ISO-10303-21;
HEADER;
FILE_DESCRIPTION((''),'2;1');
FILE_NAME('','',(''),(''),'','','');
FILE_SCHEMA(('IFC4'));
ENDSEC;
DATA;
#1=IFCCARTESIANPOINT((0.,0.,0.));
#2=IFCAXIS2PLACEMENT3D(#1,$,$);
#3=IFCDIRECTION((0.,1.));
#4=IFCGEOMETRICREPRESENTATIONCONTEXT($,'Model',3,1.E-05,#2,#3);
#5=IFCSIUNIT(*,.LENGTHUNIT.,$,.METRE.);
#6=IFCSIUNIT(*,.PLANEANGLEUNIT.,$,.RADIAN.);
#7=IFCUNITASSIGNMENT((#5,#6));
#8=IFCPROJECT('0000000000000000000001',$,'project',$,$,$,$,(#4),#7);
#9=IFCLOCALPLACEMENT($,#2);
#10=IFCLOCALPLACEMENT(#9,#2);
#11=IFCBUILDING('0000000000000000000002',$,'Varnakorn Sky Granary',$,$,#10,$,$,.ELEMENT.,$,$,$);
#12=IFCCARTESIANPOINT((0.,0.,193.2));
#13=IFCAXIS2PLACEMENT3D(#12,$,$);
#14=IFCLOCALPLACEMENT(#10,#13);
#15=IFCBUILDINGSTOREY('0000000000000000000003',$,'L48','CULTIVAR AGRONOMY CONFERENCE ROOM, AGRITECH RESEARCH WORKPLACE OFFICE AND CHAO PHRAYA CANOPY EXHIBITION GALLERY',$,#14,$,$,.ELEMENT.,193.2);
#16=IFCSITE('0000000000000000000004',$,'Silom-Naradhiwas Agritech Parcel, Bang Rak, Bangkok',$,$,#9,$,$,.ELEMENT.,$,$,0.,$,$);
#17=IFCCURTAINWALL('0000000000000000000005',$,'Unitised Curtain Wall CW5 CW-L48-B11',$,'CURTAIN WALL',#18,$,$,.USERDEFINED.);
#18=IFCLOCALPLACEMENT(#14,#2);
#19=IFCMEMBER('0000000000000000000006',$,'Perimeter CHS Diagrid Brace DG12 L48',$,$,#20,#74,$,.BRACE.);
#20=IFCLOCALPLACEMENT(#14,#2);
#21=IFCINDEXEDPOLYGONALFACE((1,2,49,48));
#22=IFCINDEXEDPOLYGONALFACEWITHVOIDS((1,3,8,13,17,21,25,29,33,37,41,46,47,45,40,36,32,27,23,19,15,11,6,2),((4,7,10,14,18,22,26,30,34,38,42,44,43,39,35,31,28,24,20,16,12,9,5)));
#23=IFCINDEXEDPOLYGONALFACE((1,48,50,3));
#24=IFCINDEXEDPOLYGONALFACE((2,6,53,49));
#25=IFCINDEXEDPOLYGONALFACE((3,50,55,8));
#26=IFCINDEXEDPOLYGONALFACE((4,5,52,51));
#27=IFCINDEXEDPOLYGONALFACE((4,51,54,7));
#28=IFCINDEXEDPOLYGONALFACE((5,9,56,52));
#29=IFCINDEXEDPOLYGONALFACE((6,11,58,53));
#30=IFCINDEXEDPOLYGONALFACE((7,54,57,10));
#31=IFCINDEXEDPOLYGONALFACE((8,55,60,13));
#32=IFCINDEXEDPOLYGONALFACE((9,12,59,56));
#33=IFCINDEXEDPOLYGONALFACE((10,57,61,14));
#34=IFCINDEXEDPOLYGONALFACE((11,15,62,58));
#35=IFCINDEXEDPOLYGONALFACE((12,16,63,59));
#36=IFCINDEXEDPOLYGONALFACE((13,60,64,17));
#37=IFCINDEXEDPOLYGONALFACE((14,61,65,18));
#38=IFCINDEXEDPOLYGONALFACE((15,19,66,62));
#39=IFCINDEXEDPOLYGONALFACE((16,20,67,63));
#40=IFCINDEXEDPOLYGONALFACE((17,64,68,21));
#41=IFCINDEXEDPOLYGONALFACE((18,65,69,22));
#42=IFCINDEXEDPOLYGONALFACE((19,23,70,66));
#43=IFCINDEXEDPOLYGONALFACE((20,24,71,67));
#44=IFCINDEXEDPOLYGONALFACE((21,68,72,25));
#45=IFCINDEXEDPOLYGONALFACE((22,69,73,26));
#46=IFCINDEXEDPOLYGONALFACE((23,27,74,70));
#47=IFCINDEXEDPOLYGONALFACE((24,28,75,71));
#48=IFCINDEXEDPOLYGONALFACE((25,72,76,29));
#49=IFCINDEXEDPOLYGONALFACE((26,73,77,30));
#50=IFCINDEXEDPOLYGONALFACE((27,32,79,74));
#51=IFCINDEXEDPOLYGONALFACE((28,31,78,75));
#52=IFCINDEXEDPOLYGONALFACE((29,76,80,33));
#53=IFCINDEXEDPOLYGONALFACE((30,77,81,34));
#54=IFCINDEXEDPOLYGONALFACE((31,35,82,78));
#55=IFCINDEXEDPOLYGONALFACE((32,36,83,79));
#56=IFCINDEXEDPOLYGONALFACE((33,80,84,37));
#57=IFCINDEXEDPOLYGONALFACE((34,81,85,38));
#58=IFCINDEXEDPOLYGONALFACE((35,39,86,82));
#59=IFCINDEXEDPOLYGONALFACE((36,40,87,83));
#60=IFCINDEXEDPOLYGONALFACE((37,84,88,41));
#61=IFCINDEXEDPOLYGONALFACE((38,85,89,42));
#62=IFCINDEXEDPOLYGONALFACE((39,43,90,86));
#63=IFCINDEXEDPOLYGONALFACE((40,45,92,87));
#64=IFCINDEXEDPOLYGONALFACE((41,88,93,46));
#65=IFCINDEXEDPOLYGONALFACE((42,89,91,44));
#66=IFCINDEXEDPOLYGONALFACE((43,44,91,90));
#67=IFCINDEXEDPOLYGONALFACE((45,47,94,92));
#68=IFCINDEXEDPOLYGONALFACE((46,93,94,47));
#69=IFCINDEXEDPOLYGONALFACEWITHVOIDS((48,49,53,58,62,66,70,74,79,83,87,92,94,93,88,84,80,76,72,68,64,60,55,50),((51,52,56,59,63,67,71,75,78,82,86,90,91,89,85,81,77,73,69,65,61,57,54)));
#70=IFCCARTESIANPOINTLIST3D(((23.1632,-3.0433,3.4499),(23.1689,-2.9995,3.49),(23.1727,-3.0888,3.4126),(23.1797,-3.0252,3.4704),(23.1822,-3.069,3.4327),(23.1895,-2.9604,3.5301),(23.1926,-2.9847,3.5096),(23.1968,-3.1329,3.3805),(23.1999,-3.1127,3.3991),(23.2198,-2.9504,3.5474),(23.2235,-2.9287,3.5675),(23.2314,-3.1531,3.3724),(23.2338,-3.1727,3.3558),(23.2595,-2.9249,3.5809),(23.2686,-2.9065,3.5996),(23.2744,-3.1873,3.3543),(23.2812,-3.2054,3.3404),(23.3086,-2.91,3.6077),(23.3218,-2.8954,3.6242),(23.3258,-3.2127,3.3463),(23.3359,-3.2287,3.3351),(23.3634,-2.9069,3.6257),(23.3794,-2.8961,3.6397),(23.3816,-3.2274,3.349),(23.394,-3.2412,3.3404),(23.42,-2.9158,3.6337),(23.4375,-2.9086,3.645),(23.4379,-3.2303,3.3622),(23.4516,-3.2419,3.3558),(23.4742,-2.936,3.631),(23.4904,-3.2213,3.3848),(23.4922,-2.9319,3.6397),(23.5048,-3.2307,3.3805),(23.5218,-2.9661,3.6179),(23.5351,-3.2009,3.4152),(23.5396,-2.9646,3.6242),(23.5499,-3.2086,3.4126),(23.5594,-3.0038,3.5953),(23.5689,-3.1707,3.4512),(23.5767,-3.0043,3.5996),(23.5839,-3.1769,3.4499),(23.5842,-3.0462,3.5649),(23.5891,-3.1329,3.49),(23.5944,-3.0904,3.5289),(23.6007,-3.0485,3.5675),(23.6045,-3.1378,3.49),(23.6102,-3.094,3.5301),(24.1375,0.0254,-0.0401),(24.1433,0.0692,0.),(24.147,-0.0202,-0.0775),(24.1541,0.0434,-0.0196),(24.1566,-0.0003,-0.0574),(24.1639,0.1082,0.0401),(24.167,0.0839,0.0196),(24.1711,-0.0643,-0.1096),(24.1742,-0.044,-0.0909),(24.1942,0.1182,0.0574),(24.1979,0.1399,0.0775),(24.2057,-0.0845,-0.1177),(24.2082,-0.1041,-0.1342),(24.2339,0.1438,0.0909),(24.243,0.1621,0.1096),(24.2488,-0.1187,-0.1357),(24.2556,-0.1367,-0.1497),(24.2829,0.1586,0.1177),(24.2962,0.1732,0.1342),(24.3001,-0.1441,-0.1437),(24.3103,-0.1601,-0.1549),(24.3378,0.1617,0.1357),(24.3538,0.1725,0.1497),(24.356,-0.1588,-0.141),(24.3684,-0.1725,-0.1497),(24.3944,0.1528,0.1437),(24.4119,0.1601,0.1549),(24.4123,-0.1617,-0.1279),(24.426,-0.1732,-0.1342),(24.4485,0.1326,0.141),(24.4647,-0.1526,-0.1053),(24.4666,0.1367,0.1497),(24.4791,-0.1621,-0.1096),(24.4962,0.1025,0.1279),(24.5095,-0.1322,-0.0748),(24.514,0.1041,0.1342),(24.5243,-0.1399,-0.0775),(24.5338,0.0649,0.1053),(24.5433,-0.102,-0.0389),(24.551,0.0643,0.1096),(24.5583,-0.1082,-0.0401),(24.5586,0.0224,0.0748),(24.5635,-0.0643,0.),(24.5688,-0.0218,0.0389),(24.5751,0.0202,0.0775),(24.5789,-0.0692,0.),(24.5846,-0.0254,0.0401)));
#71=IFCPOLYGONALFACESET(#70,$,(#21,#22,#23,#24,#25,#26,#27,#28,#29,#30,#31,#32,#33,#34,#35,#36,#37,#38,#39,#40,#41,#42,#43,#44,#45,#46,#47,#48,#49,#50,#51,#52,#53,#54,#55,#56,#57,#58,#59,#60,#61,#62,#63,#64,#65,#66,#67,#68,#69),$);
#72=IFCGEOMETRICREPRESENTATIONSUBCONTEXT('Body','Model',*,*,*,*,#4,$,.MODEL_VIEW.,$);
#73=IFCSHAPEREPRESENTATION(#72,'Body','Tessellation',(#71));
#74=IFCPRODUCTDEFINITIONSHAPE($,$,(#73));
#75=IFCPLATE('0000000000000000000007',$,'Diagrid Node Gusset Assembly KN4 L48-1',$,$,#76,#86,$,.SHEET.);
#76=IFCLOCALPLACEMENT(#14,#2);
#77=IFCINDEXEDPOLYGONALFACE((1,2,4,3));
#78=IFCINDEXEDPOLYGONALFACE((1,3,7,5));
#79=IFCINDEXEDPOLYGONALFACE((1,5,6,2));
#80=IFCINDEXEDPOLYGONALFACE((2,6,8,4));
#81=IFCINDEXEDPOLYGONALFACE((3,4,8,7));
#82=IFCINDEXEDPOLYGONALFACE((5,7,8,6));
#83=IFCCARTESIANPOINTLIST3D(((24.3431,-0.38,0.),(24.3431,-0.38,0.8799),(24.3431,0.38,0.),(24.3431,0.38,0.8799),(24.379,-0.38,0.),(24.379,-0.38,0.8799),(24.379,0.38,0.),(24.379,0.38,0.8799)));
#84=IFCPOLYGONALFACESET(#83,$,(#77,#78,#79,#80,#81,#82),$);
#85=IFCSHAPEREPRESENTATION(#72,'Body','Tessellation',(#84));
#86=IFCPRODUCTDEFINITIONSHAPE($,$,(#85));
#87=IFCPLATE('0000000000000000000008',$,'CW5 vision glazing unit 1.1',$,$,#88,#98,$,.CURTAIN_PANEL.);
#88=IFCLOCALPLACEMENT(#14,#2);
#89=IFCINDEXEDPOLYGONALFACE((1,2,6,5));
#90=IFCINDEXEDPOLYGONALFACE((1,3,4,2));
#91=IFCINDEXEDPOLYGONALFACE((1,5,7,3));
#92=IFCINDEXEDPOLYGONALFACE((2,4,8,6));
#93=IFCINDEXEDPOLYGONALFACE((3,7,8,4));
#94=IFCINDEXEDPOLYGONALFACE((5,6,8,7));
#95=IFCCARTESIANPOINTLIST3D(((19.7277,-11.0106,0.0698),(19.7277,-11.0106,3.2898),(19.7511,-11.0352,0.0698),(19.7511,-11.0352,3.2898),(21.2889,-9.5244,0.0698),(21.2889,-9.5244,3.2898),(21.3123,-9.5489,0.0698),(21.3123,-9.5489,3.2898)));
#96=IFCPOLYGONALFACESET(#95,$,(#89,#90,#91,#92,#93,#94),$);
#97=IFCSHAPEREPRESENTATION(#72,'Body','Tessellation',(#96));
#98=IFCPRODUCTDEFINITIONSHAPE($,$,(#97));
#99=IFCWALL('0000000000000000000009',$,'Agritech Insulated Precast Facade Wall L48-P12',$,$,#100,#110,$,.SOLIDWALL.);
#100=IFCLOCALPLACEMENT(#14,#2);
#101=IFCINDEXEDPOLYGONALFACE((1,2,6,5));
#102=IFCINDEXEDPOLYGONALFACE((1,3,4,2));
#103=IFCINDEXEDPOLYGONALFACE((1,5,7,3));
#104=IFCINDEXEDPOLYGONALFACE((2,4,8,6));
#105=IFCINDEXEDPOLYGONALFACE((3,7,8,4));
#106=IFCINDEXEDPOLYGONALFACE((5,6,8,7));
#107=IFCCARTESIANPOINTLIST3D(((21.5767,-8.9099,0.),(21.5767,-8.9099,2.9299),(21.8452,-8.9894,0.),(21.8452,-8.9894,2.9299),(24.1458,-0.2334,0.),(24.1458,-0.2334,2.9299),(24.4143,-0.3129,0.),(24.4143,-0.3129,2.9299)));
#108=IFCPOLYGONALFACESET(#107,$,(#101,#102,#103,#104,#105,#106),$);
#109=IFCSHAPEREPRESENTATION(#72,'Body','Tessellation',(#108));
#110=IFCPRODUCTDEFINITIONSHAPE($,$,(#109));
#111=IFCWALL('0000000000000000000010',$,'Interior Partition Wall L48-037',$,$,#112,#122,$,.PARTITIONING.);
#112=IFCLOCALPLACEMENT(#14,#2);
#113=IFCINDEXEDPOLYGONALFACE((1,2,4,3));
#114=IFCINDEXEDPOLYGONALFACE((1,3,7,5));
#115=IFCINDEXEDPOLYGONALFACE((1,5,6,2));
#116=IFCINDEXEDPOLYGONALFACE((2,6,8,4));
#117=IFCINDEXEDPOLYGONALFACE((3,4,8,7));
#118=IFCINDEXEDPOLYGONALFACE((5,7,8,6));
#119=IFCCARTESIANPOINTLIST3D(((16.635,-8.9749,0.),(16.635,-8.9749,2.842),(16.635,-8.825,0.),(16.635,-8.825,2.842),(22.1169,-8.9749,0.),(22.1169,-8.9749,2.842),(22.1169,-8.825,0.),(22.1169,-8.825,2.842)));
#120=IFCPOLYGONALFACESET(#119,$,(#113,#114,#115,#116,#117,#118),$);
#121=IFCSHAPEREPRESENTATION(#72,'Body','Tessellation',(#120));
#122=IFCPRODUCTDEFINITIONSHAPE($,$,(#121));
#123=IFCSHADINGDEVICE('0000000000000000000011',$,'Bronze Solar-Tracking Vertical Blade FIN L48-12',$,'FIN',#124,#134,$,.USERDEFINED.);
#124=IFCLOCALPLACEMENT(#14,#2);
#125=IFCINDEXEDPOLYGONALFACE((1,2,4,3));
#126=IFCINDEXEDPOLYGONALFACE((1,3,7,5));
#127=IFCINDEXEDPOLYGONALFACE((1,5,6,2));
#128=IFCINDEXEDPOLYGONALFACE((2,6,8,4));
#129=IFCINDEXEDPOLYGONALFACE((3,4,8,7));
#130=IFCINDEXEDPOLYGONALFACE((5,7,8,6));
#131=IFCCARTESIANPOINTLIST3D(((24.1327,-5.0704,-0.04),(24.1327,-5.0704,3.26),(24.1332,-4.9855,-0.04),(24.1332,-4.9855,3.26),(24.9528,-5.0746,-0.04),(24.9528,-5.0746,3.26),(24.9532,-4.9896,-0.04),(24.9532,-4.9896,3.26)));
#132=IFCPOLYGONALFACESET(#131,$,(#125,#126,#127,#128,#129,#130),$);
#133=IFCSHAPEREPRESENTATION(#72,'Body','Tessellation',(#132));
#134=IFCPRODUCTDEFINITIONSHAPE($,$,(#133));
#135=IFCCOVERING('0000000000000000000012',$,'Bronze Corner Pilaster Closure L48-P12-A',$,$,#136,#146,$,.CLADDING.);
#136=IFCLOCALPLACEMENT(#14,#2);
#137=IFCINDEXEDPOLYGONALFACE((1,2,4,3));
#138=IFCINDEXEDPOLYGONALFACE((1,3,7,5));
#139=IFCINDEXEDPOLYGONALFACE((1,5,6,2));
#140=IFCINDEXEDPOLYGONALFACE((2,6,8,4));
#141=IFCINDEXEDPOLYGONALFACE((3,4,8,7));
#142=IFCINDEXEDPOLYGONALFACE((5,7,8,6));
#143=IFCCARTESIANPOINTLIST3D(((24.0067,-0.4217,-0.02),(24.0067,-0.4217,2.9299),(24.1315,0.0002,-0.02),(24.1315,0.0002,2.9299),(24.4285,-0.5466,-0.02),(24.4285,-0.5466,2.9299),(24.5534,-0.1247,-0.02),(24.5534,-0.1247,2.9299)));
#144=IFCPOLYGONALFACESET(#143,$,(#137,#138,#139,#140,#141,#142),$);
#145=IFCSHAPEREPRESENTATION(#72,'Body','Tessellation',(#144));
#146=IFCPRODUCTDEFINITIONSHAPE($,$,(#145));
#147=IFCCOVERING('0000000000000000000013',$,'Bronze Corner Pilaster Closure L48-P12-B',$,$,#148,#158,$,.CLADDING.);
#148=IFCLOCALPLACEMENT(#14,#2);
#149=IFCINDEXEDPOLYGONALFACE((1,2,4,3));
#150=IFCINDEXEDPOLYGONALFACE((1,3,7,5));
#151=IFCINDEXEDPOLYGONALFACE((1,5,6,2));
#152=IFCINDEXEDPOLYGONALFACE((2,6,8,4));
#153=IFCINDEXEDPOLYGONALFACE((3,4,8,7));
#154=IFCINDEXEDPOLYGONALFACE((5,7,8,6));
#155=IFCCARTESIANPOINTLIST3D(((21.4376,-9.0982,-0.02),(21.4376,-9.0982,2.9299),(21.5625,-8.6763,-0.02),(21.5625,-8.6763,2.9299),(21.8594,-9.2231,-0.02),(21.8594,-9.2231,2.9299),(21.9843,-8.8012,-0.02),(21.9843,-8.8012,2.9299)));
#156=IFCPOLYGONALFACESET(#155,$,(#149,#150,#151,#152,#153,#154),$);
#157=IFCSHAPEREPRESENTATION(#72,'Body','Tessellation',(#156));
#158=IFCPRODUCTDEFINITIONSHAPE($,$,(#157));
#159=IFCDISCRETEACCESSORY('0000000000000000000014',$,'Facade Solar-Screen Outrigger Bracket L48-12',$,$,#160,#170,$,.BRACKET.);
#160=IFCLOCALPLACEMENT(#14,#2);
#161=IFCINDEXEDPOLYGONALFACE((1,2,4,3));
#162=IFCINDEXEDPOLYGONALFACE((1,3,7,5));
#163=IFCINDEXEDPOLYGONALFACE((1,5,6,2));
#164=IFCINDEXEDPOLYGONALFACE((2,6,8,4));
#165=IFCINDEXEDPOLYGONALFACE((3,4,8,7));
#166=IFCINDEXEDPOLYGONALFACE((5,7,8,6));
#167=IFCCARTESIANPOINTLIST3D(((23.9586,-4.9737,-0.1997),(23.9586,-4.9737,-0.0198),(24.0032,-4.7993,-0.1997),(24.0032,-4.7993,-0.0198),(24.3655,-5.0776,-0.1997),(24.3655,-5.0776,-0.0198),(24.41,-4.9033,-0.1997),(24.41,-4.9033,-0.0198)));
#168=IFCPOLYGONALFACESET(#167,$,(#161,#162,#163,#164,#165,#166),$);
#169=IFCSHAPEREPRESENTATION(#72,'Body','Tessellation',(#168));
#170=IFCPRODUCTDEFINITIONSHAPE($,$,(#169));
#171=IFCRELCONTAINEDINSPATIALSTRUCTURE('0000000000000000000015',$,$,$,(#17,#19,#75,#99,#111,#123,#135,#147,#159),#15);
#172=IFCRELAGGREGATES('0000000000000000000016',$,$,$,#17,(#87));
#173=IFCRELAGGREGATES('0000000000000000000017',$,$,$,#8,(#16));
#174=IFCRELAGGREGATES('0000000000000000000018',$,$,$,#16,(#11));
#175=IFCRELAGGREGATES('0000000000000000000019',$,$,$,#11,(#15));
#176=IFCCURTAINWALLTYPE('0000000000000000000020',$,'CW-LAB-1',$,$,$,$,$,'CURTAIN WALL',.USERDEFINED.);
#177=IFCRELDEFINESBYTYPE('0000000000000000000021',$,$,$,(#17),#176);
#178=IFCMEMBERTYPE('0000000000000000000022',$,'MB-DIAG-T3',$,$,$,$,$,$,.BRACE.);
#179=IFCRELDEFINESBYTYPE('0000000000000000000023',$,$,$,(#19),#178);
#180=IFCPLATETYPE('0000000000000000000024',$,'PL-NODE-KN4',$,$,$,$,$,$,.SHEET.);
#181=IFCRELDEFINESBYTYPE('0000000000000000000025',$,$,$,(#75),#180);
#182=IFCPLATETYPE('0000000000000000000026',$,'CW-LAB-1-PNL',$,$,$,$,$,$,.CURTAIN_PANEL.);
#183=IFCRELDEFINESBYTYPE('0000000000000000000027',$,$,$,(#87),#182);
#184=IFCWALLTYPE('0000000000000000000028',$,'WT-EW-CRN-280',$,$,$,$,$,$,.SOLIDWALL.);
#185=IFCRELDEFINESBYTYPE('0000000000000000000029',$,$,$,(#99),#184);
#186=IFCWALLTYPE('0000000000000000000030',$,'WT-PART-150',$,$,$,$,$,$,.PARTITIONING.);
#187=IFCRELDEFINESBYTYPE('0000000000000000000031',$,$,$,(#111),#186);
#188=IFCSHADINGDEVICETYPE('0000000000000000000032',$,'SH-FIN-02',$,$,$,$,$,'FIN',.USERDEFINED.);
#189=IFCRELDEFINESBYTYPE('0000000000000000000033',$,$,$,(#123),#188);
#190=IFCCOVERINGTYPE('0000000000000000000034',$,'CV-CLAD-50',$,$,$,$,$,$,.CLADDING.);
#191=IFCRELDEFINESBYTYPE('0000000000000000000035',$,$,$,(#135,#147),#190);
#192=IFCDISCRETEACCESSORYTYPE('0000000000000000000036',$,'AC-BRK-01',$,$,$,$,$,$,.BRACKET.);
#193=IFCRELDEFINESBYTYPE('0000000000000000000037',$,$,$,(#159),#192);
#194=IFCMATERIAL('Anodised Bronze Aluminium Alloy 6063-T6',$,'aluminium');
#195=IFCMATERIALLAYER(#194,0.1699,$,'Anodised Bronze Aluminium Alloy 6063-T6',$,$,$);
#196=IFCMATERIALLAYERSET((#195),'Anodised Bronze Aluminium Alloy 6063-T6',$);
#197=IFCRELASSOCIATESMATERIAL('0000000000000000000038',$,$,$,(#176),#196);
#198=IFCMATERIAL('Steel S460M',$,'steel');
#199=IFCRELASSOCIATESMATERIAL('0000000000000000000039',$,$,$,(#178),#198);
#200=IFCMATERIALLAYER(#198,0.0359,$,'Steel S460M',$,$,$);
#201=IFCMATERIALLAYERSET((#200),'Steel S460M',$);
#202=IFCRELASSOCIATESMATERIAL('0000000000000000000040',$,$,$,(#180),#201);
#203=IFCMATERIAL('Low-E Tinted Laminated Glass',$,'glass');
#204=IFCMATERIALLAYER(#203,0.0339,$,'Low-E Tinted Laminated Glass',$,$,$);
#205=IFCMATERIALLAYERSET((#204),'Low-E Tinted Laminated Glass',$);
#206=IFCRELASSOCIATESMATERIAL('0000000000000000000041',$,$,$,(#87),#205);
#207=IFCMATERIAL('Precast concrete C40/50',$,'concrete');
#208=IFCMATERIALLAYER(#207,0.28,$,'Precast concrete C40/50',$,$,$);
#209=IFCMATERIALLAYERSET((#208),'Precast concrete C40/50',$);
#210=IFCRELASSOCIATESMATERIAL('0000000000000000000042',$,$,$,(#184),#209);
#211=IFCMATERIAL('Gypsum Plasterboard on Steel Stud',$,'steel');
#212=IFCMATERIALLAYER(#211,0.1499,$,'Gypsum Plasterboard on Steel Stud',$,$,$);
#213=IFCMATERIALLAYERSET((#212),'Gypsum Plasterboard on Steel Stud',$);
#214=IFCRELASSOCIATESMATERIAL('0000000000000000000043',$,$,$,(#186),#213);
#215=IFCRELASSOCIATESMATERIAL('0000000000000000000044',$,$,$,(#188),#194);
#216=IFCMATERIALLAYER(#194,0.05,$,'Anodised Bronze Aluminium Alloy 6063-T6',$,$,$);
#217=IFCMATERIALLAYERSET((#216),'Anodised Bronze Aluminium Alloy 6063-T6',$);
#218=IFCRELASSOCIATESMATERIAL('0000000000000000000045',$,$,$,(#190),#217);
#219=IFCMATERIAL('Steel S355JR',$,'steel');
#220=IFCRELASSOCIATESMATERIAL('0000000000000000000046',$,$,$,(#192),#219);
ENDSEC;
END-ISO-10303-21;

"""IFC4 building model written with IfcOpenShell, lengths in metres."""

from ifc_helpers import new_model, si_unit, direction, frame, frame_2d, origin, origin_2d, place, context, subcontext, project, spatial, rectangle, hollow_circle, extrude, source, transform, mapped, material, layer, layer_set, material_profile, profile_set, type_object, type_shapes, element, aggregate, save


model = new_model("IFC4")

# Units and contexts
model_context = context("Model", 3, precision=1e-05, world=origin(), true_north=direction((0.0, 1.0)))
body_context = subcontext(model_context, "Body", "Model", "MODEL_VIEW")
ifc_project = project(units=[si_unit("LENGTHUNIT", "METRE"), si_unit("PLANEANGLEUNIT", "RADIAN")], contexts=[model_context])

# Site, building, storey
site_placement = place(None, origin())
site = spatial("IfcSite", under=ifc_project, at=site_placement, Name="Silom-Naradhiwas Agritech Parcel, Bang Rak, Bangkok", CompositionType="ELEMENT", RefElevation=0.0)
building_placement = place(site_placement, origin())
building = spatial("IfcBuilding", under=site, at=building_placement, Name="Varnakorn Sky Granary", CompositionType="ELEMENT")
storey_placement = place(building_placement, frame((0.0, 0.0, 193.2)))
storey = spatial("IfcBuildingStorey", under=building, at=storey_placement, Name="L48", Description="CULTIVAR AGRONOMY CONFERENCE ROOM, AGRITECH RESEARCH WORKPLACE OFFICE AND CHAO PHRAYA CANOPY EXHIBITION GALLERY", CompositionType="ELEMENT", Elevation=193.2)

# Shared definitions
ifc_material_1 = material(Name="Steel S460M", Category="steel")

# Shared definitions
ifc_material_2 = material(Name="Steel S355JR", Category="steel")

# Shared definitions
ifc_material_3 = material(Name="Anodised Bronze Aluminium Alloy 6063-T6", Category="aluminium")
ifc_layer_1 = layer(ifc_material_3, 0.1699, Name="Anodised Bronze Aluminium Alloy 6063-T6")
ifc_layer_set_1 = layer_set([ifc_layer_1], Name="Anodised Bronze Aluminium Alloy 6063-T6")
curtain_wall_type = type_object("IfcCurtainWallType", Name="CW-LAB-1", ElementType="CURTAIN WALL", PredefinedType="USERDEFINED", material=ifc_layer_set_1)

# Curtain wall
curtain_wall_1_placement = place(storey_placement, origin())
curtain_wall_1 = element("IfcCurtainWall", 1, at=curtain_wall_1_placement, inside=storey, type_object=curtain_wall_type, Name="Unitised Curtain Wall CW5 CW-L48-B11", ObjectType="CURTAIN WALL", PredefinedType="USERDEFINED")

# Member
ifc_material_profile_1 = material_profile(ifc_material_1, hollow_circle(Radius=0.2285, WallThickness=0.0161, at=origin_2d()), Name="CHS 457x16")
ifc_profile_set_1 = profile_set([ifc_material_profile_1], Name="Steel S460M")
member_type_1 = type_object("IfcMemberType", Name="MB-DIAG-T3", PredefinedType="BRACE", material=ifc_profile_set_1)
for number, where, z_axis, x_axis, name in (
    (2, (24.3611, 0.0, 0.0), (-0.205206, -0.646262, 0.735008), (0.953106, -0.302637, 0.0), "Perimeter CHS Diagrid Brace DG12 L48"),
):
    element("IfcMember", number, at=place(storey_placement, frame(where, z_axis=z_axis, x_axis=x_axis)), inside=storey, type_object=member_type_1, Name=name, PredefinedType="BRACE", context=body_context, shape_type="SweptSolid", body=[
        extrude(hollow_circle(Radius=0.2285, WallThickness=0.0161, at=origin_2d()), origin(), (0.0, 0.0, 1.0), 4.7483),
    ])

# Plates
ifc_layer_2 = layer(ifc_material_1, 0.0359, Name="Steel S460M")
ifc_layer_set_2 = layer_set([ifc_layer_2], Name="Steel S460M")
plate_type_1 = type_object("IfcPlateType", Name="PL-NODE-KN4", PredefinedType="SHEET", material=ifc_layer_set_2)
plate_1_placement = place(storey_placement, frame((24.3611, 0.0, 0.0), z_axis=(0.0, 0.0, 1.0), x_axis=(0.0, 1.0, 0.0)))
element("IfcPlate", 3, at=plate_1_placement, inside=storey, type_object=plate_type_1, Name="Diagrid Node Gusset Assembly KN4 L48-1", PredefinedType="SHEET", context=body_context, shape_type="SweptSolid", body=[
    extrude(rectangle(XDim=0.76, YDim=0.0359, at=origin_2d()), origin(), (0.0, 0.0, 1.0), 0.8799),
])
ifc_material_4 = material(Name="Low-E Tinted Laminated Glass", Category="glass")
ifc_layer_3 = layer(ifc_material_4, 0.0339, Name="Low-E Tinted Laminated Glass")
ifc_layer_set_3 = layer_set([ifc_layer_3], Name="Low-E Tinted Laminated Glass")
plate_type_2 = type_object("IfcPlateType", Name="CW-LAB-1-PNL", PredefinedType="CURTAIN_PANEL")
shared_shape_1 = source(origin(), body_context, "Body", "SweptSolid", [
    extrude(rectangle(XDim=2.1555, YDim=0.0339, at=origin_2d()), origin(), (0.0, 0.0, 1.0), 3.22),
])
type_shapes(plate_type_2, [shared_shape_1])
plate_2_placement = place(storey_placement, frame((20.52, -10.2798, 0.0698), z_axis=(0.0, 0.0, 1.0), x_axis=(-0.72427, -0.689516, 0.0)))
plate_2 = element("IfcPlate", 4, at=plate_2_placement, type_object=plate_type_2, material=ifc_layer_set_3, Name="CW5 vision glazing unit 1.1", PredefinedType="CURTAIN_PANEL", context=body_context, shape_type="MappedRepresentation", body=[
    mapped(shared_shape_1, transform((0.0, 0.0, 0.0), x_axis=(1.0, 0.0, 0.0), y_axis=(0.0, 1.0, 0.0), z_axis=(0.0, 0.0, 1.0), scale=1.0)),
])
aggregate(curtain_wall_1, [plate_2])

# Walls
ifc_material_5 = material(Name="Precast concrete C40/50", Category="concrete")
ifc_layer_4 = layer(ifc_material_5, 0.28, Name="Precast concrete C40/50")
ifc_layer_set_4 = layer_set([ifc_layer_4], Name="Precast concrete C40/50")
wall_type_1 = type_object("IfcWallType", Name="WT-EW-CRN-280", PredefinedType="SOLIDWALL", material=ifc_layer_set_4)
wall_1_placement = place(storey_placement, frame((24.28, -0.2732, 0.0), z_axis=(0.0, 0.0, 1.0), x_axis=(-0.283913, -0.95885, 0.0)))
element("IfcWall", 5, at=wall_1_placement, inside=storey, type_object=wall_type_1, Name="Agritech Insulated Precast Facade Wall L48-P12", PredefinedType="SOLIDWALL", context=body_context, shape_type="SweptSolid", body=[
    extrude(rectangle(XDim=9.0488, YDim=0.28, at=frame_2d((4.5244, 0.0))), origin(), (0.0, 0.0, 1.0), 2.9299),
])
ifc_material_6 = material(Name="Gypsum Plasterboard on Steel Stud", Category="steel")
ifc_layer_5 = layer(ifc_material_6, 0.1499, Name="Gypsum Plasterboard on Steel Stud")
ifc_layer_set_5 = layer_set([ifc_layer_5], Name="Gypsum Plasterboard on Steel Stud")
wall_type_2 = type_object("IfcWallType", Name="WT-PART-150", PredefinedType="PARTITIONING", material=ifc_layer_set_5)
wall_2_placement = place(storey_placement, frame((16.635, -8.8999, 0.0), z_axis=(0.0, 0.0, 1.0), x_axis=(1.0, 0.0, 0.0)))
element("IfcWall", 6, at=wall_2_placement, inside=storey, type_object=wall_type_2, Name="Interior Partition Wall L48-037", PredefinedType="PARTITIONING", context=body_context, shape_type="SweptSolid", body=[
    extrude(rectangle(XDim=5.4819, YDim=0.1499, at=frame_2d((2.741, 0.0))), origin(), (0.0, 0.0, 1.0), 2.842),
])

# Shading device
shading_device_type = type_object("IfcShadingDeviceType", Name="SH-FIN-02", ElementType="FIN", PredefinedType="USERDEFINED", material=ifc_material_3)
shared_shape_2 = source(origin(), body_context, "Body", "SweptSolid", [
    extrude(rectangle(XDim=0.085, YDim=0.8201, at=origin_2d()), origin(), (0.0, 0.0, 1.0), 3.3),
])
type_shapes(shading_device_type, [shared_shape_2])
shading_device_placement = place(storey_placement, frame((24.543, -5.03, -0.04), z_axis=(0.0, 0.0, 1.0), x_axis=(0.005033, 0.999987, 0.0)))
element("IfcShadingDevice", 7, at=shading_device_placement, inside=storey, type_object=shading_device_type, Name="Bronze Solar-Tracking Vertical Blade FIN L48-12", ObjectType="FIN", PredefinedType="USERDEFINED", context=body_context, shape_type="MappedRepresentation", body=[
    mapped(shared_shape_2, transform((0.0, 0.0, 0.0), x_axis=(1.0, 0.0, 0.0), y_axis=(0.0, 1.0, 0.0), z_axis=(0.0, 0.0, 1.0), scale=1.0)),
])

# Coverings
ifc_layer_6 = layer(ifc_material_3, 0.05, Name="Anodised Bronze Aluminium Alloy 6063-T6")
ifc_layer_set_6 = layer_set([ifc_layer_6], Name="Anodised Bronze Aluminium Alloy 6063-T6")
covering_type = type_object("IfcCoveringType", Name="CV-CLAD-50", PredefinedType="CLADDING", material=ifc_layer_set_6)
shared_shape_3 = source(origin(), body_context, "Body", "SweptSolid", [
    extrude(rectangle(XDim=0.4399, YDim=0.4399, at=origin_2d()), origin(), (0.0, 0.0, 1.0), 2.95),
])
type_shapes(covering_type, [shared_shape_3])
for number, where, z_axis, x_axis, name in (
    (8, (24.28, -0.2732, -0.02), (0.0, 0.0, 1.0), (-0.283848, -0.958869, 0.0), "Bronze Corner Pilaster Closure L48-P12-A"),
    (9, (21.7109, -8.9497, -0.02), (0.0, 0.0, 1.0), (-0.283848, -0.958869, 0.0), "Bronze Corner Pilaster Closure L48-P12-B"),
):
    element("IfcCovering", number, at=place(storey_placement, frame(where, z_axis=z_axis, x_axis=x_axis)), inside=storey, type_object=covering_type, Name=name, PredefinedType="CLADDING", context=body_context, shape_type="MappedRepresentation", body=[
        mapped(shared_shape_3, transform((0.0, 0.0, 0.0), x_axis=(1.0, 0.0, 0.0), y_axis=(0.0, 1.0, 0.0), z_axis=(0.0, 0.0, 1.0), scale=1.0)),
    ])

# Discrete accessory
discrete_accessory_type = type_object("IfcDiscreteAccessoryType", Name="AC-BRK-01", PredefinedType="BRACKET", material=ifc_material_2)
shared_shape_4 = source(origin(), body_context, "Body", "SweptSolid", [
    extrude(rectangle(XDim=0.1799, YDim=0.4199, at=origin_2d()), origin(), (0.0, 0.0, 1.0), 0.1799),
])
type_shapes(discrete_accessory_type, [shared_shape_4])
discrete_accessory_placement = place(storey_placement, frame((24.1843, -4.9385, -0.1997), z_axis=(0.0, 0.0, 1.0), x_axis=(0.24748, 0.968893, 0.0)))
element("IfcDiscreteAccessory", 10, at=discrete_accessory_placement, inside=storey, type_object=discrete_accessory_type, Name="Facade Solar-Screen Outrigger Bracket L48-12", PredefinedType="BRACKET", context=body_context, shape_type="MappedRepresentation", body=[
    mapped(shared_shape_4, transform((0.0, 0.0, 0.0), x_axis=(1.0, 0.0, 0.0), y_axis=(0.0, 1.0, 0.0), z_axis=(0.0, 0.0, 1.0), scale=1.0)),
])

save(model, "model.ifc")
